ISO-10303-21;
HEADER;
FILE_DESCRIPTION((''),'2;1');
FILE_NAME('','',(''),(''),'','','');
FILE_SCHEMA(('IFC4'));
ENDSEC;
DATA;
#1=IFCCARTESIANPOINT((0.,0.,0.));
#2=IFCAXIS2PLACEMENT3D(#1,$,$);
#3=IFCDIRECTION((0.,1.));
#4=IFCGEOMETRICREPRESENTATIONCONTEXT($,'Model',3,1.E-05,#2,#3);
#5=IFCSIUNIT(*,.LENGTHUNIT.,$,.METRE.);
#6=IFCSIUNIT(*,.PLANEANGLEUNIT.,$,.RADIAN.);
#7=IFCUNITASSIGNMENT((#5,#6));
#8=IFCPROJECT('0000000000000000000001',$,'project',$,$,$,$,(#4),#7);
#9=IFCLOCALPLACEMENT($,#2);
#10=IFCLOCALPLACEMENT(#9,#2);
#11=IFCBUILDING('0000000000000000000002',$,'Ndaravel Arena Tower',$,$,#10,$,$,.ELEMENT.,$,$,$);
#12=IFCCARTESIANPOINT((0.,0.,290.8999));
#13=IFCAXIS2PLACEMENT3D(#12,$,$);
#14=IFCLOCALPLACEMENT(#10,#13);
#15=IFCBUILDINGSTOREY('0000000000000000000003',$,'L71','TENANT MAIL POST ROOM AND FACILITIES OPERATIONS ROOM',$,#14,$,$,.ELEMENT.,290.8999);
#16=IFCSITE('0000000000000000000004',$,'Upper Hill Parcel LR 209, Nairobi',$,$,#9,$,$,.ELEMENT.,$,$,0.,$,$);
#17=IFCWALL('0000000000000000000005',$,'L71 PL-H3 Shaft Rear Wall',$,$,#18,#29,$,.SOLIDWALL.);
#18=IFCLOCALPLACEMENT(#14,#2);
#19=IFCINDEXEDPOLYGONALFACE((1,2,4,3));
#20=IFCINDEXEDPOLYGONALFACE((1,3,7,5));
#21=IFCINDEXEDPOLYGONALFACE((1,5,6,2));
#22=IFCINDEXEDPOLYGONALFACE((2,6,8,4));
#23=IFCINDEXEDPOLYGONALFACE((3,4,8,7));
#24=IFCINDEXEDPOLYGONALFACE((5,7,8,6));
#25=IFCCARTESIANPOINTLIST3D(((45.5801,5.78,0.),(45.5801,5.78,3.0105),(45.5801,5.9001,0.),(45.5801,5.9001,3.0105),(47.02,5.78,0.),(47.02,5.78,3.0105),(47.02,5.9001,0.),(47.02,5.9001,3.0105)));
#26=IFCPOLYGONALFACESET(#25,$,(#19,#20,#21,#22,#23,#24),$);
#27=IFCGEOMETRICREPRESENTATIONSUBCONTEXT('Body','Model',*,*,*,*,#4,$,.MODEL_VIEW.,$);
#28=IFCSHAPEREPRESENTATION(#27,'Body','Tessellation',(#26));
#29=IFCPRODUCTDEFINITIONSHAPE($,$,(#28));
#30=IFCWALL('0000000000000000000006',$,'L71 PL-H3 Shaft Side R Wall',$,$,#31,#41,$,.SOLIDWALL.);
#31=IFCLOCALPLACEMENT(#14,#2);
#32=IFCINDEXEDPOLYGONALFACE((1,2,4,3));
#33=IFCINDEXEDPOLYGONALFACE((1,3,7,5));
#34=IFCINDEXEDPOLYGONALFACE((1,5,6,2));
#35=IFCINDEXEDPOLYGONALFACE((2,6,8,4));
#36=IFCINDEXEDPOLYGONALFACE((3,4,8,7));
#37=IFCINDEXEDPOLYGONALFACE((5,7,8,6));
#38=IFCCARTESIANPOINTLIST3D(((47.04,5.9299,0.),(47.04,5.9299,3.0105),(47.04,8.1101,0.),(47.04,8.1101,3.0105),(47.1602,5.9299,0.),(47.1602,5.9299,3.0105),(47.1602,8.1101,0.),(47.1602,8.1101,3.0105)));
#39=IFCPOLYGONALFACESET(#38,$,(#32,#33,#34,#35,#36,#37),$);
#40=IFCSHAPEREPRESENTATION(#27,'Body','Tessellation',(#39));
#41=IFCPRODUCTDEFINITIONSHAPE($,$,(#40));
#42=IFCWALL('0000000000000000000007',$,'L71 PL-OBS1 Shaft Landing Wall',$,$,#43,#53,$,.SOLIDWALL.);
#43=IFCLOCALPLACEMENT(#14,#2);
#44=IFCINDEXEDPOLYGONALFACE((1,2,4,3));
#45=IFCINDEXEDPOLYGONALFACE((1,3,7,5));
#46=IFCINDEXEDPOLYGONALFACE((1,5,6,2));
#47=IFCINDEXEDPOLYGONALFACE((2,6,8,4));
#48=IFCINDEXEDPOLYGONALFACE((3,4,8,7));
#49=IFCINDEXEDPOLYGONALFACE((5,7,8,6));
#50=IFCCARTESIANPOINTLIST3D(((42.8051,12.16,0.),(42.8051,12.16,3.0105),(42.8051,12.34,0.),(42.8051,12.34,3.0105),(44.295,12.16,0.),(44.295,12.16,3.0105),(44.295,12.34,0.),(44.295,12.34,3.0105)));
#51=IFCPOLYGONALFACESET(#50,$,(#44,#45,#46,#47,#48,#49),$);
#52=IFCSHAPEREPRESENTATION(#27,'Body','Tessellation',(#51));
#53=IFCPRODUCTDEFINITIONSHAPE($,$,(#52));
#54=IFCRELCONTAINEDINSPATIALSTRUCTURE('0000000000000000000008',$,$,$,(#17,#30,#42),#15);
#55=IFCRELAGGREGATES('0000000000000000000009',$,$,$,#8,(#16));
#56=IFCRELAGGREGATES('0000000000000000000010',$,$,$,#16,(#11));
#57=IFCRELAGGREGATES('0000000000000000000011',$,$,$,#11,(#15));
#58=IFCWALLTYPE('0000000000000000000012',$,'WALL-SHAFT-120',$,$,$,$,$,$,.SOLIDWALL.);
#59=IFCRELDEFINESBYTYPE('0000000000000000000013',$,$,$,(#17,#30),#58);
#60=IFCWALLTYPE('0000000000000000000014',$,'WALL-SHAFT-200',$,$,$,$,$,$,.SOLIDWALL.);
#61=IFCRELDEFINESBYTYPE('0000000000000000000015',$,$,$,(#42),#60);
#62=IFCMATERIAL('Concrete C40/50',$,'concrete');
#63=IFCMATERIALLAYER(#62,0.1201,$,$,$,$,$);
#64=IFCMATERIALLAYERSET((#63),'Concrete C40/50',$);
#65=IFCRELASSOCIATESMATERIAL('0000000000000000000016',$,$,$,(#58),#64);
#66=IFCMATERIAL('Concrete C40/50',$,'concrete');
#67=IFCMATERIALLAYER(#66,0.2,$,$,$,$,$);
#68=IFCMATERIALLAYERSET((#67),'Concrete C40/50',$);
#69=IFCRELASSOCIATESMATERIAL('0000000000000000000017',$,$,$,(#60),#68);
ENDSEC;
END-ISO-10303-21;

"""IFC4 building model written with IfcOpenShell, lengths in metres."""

from ifc_helpers import new_model, si_unit, direction, frame, frame_2d, origin, place, context, subcontext, project, spatial, rectangle, extrude, material, layer, layer_set, type_object, element, save


model = new_model("IFC4")

# Units and contexts
model_context = context("Model", 3, precision=1e-05, world=origin(), true_north=direction((0.0, 1.0)))
body_context = subcontext(model_context, "Body", "Model", "MODEL_VIEW")
ifc_project = project(units=[si_unit("LENGTHUNIT", "METRE"), si_unit("PLANEANGLEUNIT", "RADIAN")], contexts=[model_context])

# Site, building, storey
site_placement = place(None, origin())
site = spatial("IfcSite", under=ifc_project, at=site_placement, Name="Upper Hill Parcel LR 209, Nairobi", CompositionType="ELEMENT", RefElevation=0.0)
building_placement = place(site_placement, origin())
building = spatial("IfcBuilding", under=site, at=building_placement, Name="Ndaravel Arena Tower", CompositionType="ELEMENT")
storey_placement = place(building_placement, frame((0.0, 0.0, 290.8999)))
storey = spatial("IfcBuildingStorey", under=building, at=storey_placement, Name="L71", Description="TENANT MAIL POST ROOM AND FACILITIES OPERATIONS ROOM", CompositionType="ELEMENT", Elevation=290.8999)

# Walls
ifc_material_1 = material(Name="Concrete C40/50", Category="concrete")
ifc_layer_1 = layer(ifc_material_1, 0.1201)
ifc_layer_set_1 = layer_set([ifc_layer_1], Name="Concrete C40/50")
wall_type_1 = type_object("IfcWallType", Name="WALL-SHAFT-120", PredefinedType="SOLIDWALL", material=ifc_layer_set_1)
wall_1_placement = place(storey_placement, frame((45.5801, 5.8401, 0.0), z_axis=(0.0, 0.0, 1.0), x_axis=(1.0, 0.0, 0.0)))
element("IfcWall", 1, at=wall_1_placement, inside=storey, type_object=wall_type_1, Name="L71 PL-H3 Shaft Rear Wall", PredefinedType="SOLIDWALL", context=body_context, shape_type="SweptSolid", body=[
    extrude(rectangle(XDim=1.4399, YDim=0.1201, at=frame_2d((0.72, 0.0))), origin(), (0.0, 0.0, 1.0), 3.0105),
])
wall_2_placement = place(storey_placement, frame((47.1001, 5.9299, 0.0), z_axis=(0.0, 0.0, 1.0), x_axis=(0.0, 1.0, 0.0)))
element("IfcWall", 2, at=wall_2_placement, inside=storey, type_object=wall_type_1, Name="L71 PL-H3 Shaft Side R Wall", PredefinedType="SOLIDWALL", context=body_context, shape_type="SweptSolid", body=[
    extrude(rectangle(XDim=2.1802, YDim=0.1201, at=frame_2d((1.0901, 0.0))), origin(), (0.0, 0.0, 1.0), 3.0105),
])

# Shared definitions
ifc_material_2 = material(Name="Concrete C40/50", Category="concrete")
ifc_layer_2 = layer(ifc_material_2, 0.2)
ifc_layer_set_2 = layer_set([ifc_layer_2], Name="Concrete C40/50")
wall_type_2 = type_object("IfcWallType", Name="WALL-SHAFT-200", PredefinedType="SOLIDWALL", material=ifc_layer_set_2)

# Wall
wall_3_placement = place(storey_placement, frame((42.8049, 12.25, 0.0), z_axis=(0.0, 0.0, 1.0), x_axis=(1.0, 0.0, 0.0)))
element("IfcWall", 3, at=wall_3_placement, inside=storey, type_object=wall_type_2, Name="L71 PL-OBS1 Shaft Landing Wall", PredefinedType="SOLIDWALL", context=body_context, shape_type="SweptSolid", body=[
    extrude(rectangle(XDim=1.49, YDim=0.1799, at=frame_2d((0.7451, 0.0))), origin(), (0.0, 0.0, 1.0), 3.0105),
])

save(model, "model.ifc")
